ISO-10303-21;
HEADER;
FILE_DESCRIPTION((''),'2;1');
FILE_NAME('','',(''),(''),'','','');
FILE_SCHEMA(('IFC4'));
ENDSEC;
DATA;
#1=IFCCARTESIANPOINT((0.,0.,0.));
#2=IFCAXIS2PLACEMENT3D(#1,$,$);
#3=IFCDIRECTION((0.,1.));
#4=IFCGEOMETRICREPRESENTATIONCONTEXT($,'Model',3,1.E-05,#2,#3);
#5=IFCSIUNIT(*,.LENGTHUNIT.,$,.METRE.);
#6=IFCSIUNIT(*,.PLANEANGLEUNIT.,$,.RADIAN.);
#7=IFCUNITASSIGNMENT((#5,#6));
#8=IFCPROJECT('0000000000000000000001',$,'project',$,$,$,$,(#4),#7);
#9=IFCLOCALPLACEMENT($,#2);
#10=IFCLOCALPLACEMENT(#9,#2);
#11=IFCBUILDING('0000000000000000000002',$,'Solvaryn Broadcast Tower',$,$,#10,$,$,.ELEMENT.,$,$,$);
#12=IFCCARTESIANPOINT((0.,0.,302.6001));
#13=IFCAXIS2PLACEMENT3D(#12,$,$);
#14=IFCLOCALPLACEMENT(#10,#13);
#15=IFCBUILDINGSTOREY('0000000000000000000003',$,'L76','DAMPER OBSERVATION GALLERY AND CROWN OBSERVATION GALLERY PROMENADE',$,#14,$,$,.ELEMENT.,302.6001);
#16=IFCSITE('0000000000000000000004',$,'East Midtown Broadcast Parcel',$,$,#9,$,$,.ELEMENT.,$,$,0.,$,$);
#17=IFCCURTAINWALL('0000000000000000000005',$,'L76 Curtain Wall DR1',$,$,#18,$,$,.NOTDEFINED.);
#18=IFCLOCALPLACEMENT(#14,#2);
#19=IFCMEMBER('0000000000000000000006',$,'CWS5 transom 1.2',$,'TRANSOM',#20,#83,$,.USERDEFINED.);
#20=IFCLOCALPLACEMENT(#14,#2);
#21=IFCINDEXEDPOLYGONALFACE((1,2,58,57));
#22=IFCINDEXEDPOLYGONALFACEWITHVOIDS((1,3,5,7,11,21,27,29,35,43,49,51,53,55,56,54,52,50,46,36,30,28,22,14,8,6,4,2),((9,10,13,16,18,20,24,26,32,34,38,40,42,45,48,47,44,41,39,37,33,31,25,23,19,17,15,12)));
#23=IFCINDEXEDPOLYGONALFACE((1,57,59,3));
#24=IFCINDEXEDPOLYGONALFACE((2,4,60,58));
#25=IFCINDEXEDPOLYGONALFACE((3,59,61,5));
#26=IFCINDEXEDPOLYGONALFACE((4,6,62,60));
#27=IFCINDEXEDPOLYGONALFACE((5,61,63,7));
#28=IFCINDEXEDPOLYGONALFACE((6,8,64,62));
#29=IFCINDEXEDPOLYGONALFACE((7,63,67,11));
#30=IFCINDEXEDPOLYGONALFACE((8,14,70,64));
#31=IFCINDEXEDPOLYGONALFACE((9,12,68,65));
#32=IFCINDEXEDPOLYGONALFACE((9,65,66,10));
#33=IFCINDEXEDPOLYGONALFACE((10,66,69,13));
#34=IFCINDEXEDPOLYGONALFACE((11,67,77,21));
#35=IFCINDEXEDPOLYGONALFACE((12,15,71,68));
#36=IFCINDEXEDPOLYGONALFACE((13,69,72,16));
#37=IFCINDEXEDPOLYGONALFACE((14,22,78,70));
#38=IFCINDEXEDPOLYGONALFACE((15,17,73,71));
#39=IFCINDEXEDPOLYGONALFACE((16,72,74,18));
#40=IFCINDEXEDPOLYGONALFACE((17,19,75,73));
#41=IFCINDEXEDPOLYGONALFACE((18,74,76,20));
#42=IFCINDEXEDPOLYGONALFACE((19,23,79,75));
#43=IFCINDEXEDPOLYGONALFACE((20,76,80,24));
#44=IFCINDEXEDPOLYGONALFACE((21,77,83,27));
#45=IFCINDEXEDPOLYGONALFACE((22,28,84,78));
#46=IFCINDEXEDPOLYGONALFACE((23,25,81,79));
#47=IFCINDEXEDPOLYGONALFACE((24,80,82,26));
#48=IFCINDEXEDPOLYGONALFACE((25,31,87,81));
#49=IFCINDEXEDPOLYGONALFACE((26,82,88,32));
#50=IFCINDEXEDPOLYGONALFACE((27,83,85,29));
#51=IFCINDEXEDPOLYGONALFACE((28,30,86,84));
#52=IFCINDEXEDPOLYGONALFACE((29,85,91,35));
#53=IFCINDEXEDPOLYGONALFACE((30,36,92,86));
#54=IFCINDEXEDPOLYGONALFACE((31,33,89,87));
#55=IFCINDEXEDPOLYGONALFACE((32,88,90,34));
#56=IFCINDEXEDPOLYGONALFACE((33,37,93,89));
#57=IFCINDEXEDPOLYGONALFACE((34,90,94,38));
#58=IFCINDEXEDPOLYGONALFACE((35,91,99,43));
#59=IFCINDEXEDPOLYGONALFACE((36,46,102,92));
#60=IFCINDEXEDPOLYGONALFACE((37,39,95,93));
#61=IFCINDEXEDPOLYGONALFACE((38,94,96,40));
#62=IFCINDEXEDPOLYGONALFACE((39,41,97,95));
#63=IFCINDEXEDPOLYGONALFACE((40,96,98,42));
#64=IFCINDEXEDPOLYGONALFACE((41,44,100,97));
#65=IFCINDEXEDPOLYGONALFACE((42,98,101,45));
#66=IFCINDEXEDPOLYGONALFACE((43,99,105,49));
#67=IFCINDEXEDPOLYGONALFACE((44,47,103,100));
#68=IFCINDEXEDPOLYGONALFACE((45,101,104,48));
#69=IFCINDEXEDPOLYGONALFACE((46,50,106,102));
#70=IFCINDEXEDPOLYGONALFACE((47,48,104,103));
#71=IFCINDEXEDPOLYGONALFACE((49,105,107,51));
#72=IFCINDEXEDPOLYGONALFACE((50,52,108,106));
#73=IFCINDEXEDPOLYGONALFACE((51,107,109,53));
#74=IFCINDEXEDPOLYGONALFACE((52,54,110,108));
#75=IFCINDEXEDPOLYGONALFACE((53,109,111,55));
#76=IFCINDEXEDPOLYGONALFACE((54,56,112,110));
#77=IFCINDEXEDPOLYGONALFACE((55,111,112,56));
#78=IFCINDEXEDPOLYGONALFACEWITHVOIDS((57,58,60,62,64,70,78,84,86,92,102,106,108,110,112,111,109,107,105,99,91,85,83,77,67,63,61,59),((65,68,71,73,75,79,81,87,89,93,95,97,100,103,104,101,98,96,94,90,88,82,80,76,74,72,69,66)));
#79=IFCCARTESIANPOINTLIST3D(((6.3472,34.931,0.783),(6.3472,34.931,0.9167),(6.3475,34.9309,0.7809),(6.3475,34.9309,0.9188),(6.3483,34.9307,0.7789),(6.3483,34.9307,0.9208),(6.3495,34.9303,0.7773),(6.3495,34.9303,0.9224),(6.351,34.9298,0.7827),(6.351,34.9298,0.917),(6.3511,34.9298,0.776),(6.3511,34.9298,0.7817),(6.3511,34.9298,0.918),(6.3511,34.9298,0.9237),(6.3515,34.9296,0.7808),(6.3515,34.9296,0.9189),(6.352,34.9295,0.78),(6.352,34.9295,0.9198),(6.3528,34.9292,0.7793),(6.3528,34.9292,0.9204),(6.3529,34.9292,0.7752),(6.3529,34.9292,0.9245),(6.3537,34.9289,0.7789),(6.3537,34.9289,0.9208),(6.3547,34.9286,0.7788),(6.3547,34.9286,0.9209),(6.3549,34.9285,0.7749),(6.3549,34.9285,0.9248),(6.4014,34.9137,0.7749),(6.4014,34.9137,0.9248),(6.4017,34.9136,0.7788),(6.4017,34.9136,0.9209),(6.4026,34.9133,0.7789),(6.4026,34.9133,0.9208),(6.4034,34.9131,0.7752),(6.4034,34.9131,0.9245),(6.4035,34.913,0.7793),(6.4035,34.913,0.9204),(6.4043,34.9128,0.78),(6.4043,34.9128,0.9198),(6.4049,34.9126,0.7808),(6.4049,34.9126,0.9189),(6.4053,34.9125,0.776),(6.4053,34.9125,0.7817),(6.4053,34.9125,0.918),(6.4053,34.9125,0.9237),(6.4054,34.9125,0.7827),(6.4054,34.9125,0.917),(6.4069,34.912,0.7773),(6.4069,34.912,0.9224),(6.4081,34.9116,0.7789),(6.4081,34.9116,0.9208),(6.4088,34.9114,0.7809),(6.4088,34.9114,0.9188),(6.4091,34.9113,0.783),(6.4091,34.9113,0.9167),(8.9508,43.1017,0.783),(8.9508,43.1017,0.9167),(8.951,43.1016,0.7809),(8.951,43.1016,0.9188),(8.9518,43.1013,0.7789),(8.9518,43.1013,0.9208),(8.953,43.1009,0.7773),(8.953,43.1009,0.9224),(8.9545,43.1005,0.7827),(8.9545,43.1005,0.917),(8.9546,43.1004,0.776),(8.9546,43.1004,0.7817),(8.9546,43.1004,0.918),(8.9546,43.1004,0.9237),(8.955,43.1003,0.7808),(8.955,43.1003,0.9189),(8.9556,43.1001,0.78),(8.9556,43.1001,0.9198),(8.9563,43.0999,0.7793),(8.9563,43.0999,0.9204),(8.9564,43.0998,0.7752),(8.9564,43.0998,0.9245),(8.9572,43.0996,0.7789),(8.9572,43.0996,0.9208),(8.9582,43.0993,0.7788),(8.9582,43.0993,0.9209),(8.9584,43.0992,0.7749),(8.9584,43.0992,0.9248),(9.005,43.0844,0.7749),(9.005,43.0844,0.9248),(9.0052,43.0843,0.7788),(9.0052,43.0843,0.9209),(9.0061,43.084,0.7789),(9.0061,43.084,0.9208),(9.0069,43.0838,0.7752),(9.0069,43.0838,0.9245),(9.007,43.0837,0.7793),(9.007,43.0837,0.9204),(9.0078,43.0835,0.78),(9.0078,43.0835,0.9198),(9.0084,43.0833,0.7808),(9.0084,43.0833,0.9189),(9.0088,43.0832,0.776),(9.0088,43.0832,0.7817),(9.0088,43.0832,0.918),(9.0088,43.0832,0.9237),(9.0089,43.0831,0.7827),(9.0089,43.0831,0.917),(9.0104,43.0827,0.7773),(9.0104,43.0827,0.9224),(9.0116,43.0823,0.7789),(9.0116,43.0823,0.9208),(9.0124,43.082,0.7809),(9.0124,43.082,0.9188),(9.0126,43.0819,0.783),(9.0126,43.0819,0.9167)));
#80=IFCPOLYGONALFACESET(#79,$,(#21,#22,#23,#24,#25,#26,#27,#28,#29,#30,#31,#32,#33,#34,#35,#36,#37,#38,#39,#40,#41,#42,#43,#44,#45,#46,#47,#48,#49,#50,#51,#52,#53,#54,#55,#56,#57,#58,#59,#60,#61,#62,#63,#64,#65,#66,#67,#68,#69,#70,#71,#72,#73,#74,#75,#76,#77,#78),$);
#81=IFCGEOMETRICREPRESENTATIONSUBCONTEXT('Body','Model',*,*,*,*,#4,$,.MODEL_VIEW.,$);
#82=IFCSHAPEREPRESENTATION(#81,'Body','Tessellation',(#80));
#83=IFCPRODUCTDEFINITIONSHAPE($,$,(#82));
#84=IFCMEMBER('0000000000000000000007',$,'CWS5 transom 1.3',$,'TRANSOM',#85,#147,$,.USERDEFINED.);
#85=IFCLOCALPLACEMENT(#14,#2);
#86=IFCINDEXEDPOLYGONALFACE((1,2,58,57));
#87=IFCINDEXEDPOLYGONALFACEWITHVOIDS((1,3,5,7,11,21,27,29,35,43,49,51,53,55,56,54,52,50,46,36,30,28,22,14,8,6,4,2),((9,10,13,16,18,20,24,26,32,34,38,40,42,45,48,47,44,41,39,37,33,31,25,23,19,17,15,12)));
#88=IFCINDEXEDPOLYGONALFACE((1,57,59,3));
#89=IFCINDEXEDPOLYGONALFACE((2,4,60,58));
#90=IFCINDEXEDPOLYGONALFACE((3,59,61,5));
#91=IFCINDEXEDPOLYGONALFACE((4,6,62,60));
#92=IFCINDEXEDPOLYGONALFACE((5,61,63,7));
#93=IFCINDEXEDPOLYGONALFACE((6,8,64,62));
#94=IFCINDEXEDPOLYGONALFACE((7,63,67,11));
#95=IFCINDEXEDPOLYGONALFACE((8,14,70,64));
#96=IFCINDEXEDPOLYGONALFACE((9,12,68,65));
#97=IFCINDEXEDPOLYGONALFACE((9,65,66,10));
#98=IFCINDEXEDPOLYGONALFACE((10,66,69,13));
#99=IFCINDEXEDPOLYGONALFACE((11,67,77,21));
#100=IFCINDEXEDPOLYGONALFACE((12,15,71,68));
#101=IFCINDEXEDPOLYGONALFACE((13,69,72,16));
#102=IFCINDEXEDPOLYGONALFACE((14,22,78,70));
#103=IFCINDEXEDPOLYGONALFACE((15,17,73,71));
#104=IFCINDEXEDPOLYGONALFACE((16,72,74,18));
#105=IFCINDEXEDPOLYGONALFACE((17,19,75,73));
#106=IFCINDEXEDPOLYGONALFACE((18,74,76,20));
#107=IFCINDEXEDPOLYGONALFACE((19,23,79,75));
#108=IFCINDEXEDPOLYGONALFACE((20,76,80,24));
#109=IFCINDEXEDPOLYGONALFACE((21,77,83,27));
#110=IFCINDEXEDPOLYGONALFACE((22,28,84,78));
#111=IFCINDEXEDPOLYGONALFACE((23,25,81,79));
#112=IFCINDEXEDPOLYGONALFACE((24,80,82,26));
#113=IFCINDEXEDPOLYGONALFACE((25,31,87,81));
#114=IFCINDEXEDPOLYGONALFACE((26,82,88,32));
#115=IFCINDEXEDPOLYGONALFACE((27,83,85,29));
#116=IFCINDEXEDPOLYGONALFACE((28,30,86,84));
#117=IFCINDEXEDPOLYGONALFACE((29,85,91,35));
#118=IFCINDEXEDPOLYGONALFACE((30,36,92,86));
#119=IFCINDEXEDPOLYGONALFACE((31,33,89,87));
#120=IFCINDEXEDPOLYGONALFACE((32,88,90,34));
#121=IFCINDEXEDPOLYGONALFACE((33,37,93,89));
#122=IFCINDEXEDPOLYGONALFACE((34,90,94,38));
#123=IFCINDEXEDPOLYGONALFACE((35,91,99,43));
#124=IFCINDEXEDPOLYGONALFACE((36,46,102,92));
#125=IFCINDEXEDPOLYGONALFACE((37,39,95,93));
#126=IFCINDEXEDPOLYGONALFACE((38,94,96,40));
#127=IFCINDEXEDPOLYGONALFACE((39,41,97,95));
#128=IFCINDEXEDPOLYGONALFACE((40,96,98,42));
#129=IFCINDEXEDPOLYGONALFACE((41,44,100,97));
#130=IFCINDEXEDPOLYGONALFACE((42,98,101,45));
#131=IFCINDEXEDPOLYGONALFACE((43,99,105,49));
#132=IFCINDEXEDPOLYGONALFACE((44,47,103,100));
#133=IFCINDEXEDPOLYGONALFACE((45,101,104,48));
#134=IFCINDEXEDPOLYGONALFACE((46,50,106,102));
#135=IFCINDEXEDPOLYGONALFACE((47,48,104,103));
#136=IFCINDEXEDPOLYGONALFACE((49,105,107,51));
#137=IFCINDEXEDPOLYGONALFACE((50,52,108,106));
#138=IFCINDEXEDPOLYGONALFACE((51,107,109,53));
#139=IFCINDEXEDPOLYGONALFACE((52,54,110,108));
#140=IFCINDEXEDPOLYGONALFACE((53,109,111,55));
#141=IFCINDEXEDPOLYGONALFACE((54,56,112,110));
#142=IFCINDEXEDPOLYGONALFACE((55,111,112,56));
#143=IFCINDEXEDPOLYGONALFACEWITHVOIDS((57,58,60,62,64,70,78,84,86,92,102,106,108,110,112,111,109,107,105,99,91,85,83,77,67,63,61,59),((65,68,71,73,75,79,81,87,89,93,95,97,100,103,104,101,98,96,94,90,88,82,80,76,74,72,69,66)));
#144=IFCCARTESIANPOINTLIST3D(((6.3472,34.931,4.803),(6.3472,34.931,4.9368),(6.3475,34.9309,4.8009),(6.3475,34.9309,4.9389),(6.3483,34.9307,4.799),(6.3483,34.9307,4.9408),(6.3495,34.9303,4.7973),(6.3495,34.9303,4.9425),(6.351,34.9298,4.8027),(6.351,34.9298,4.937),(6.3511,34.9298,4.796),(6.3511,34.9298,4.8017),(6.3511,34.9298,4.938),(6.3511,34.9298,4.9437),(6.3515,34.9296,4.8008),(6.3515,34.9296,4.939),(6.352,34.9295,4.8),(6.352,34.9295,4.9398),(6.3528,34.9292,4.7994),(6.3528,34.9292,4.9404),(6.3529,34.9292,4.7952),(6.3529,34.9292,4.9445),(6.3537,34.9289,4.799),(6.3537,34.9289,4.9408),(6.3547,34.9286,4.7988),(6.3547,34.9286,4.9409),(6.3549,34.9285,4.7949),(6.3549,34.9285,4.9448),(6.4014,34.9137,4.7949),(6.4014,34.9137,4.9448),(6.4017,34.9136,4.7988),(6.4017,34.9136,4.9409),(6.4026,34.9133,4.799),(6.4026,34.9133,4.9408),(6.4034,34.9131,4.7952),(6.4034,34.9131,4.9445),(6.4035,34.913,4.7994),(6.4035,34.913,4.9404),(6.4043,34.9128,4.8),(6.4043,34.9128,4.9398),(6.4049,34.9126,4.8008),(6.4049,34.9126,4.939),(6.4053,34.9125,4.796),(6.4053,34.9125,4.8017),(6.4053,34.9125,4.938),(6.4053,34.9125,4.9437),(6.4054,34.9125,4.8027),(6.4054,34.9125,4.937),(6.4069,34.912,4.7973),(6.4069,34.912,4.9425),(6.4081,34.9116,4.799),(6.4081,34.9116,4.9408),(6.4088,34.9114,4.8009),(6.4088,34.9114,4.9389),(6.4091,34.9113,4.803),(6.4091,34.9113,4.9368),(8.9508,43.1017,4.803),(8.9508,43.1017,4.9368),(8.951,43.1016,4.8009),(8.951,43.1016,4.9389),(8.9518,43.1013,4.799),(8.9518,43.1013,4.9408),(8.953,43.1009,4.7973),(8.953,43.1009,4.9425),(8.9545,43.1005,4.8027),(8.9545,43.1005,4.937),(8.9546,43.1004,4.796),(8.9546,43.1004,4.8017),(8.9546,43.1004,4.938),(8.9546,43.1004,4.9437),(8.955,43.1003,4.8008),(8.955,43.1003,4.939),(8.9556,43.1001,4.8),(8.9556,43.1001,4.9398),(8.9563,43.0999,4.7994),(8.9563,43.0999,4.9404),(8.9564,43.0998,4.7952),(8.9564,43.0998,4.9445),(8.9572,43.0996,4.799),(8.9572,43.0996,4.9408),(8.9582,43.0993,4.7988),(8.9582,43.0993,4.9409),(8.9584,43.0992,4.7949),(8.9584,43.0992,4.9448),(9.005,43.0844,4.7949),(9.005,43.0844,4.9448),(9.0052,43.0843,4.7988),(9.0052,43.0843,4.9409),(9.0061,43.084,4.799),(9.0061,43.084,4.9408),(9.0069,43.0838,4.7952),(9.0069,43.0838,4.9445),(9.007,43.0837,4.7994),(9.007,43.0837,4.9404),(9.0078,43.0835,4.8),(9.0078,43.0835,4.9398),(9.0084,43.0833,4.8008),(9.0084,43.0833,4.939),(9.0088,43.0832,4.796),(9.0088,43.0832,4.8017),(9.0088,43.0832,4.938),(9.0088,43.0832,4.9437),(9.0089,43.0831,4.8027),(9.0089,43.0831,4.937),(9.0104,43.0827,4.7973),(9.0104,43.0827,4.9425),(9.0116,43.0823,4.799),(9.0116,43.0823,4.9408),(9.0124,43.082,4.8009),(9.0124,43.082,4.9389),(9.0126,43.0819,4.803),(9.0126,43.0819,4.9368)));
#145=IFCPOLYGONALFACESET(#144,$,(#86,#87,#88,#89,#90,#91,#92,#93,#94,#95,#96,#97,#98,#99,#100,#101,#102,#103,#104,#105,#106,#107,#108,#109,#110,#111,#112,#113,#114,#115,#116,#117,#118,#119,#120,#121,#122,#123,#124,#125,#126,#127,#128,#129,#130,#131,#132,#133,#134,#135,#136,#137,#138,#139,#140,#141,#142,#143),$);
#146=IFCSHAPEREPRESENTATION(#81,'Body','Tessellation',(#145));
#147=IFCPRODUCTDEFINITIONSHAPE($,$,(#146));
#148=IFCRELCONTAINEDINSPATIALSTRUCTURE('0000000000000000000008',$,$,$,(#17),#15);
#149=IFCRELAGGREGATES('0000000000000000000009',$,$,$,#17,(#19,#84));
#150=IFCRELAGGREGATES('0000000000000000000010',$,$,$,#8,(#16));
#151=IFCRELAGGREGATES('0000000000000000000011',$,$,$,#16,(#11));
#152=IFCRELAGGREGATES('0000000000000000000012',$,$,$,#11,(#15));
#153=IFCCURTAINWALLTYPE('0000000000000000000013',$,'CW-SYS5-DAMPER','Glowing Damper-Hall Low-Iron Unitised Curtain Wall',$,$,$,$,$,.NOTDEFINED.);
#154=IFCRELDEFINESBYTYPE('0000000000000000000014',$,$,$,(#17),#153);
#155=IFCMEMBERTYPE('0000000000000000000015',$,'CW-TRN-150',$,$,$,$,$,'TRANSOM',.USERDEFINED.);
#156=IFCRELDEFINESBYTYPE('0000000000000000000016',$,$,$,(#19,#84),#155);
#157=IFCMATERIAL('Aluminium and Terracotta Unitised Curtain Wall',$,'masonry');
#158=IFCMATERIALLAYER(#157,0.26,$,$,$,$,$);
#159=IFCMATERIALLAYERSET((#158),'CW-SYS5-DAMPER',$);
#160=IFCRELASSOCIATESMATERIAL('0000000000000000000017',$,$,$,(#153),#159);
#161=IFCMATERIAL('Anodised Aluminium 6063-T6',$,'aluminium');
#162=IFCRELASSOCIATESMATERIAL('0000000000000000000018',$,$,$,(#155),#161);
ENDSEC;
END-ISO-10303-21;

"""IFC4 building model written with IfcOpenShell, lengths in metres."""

from ifc_helpers import new_model, si_unit, direction, frame, origin, origin_2d, place, context, subcontext, project, spatial, hollow_rectangle, extrude, material, layer, layer_set, material_profile, profile_set, type_object, element, aggregate, save


model = new_model("IFC4")

# Units and contexts
model_context = context("Model", 3, precision=1e-05, world=origin(), true_north=direction((0.0, 1.0)))
body_context = subcontext(model_context, "Body", "Model", "MODEL_VIEW")
ifc_project = project(units=[si_unit("LENGTHUNIT", "METRE"), si_unit("PLANEANGLEUNIT", "RADIAN")], contexts=[model_context])

# Site, building, storey
site_placement = place(None, origin())
site = spatial("IfcSite", under=ifc_project, at=site_placement, Name="East Midtown Broadcast Parcel", CompositionType="ELEMENT", RefElevation=0.0)
building_placement = place(site_placement, origin())
building = spatial("IfcBuilding", under=site, at=building_placement, Name="Solvaryn Broadcast Tower", CompositionType="ELEMENT")
storey_placement = place(building_placement, frame((0.0, 0.0, 302.6001)))
storey = spatial("IfcBuildingStorey", under=building, at=storey_placement, Name="L76", Description="DAMPER OBSERVATION GALLERY AND CROWN OBSERVATION GALLERY PROMENADE", CompositionType="ELEMENT", Elevation=302.6001)

# Curtain wall
ifc_material_1 = material(Name="Aluminium and Terracotta Unitised Curtain Wall", Category="masonry")
ifc_layer_1 = layer(ifc_material_1, 0.26)
ifc_layer_set_1 = layer_set([ifc_layer_1], Name="CW-SYS5-DAMPER")
curtain_wall_type = type_object("IfcCurtainWallType", Name="CW-SYS5-DAMPER", Description="Glowing Damper-Hall Low-Iron Unitised Curtain Wall", PredefinedType="NOTDEFINED", material=ifc_layer_set_1)
curtain_wall_1_placement = place(storey_placement, origin())
curtain_wall_1 = element("IfcCurtainWall", 1, at=curtain_wall_1_placement, inside=storey, type_object=curtain_wall_type, Name="L76 Curtain Wall DR1", PredefinedType="NOTDEFINED")

# Members
ifc_material_2 = material(Name="Anodised Aluminium 6063-T6", Category="aluminium")
ifc_material_profile_1 = material_profile(ifc_material_2, hollow_rectangle(XDim=0.0649, YDim=0.1499, WallThickness=0.0039, InnerFilletRadius=0.0039, OuterFilletRadius=0.0081, at=origin_2d()))
ifc_profile_set_1 = profile_set([ifc_material_profile_1], Name="Anodised Aluminium 6063-T6")
member_type_1 = type_object("IfcMemberType", Name="CW-TRN-150", ElementType="TRANSOM", PredefinedType="USERDEFINED", material=ifc_profile_set_1)
member_1_placement = place(storey_placement, frame((8.9817, 43.0918, 0.8499), z_axis=(-0.303602, -0.952799, 0.0), x_axis=(0.952799, -0.303602, 0.0)))
member_1 = element("IfcMember", 2, at=member_1_placement, type_object=member_type_1, Name="CWS5 transom 1.2", ObjectType="TRANSOM", PredefinedType="USERDEFINED", context=body_context, shape_type="SweptSolid", body=[
    extrude(hollow_rectangle(XDim=0.0649, YDim=0.1499, WallThickness=0.0039, InnerFilletRadius=0.0039, OuterFilletRadius=0.0081, at=origin_2d()), origin(), (0.0, 0.0, 1.0), 8.5754),
])
member_2_placement = place(storey_placement, frame((8.9817, 43.0918, 4.8699), z_axis=(-0.303602, -0.952799, 0.0), x_axis=(0.952799, -0.303602, 0.0)))
member_2 = element("IfcMember", 3, at=member_2_placement, type_object=member_type_1, Name="CWS5 transom 1.3", ObjectType="TRANSOM", PredefinedType="USERDEFINED", context=body_context, shape_type="SweptSolid", body=[
    extrude(hollow_rectangle(XDim=0.0649, YDim=0.1499, WallThickness=0.0039, InnerFilletRadius=0.0039, OuterFilletRadius=0.0081, at=origin_2d()), origin(), (0.0, 0.0, 1.0), 8.5754),
])

aggregate(curtain_wall_1, [member_1, member_2])

save(model, "model.ifc")
